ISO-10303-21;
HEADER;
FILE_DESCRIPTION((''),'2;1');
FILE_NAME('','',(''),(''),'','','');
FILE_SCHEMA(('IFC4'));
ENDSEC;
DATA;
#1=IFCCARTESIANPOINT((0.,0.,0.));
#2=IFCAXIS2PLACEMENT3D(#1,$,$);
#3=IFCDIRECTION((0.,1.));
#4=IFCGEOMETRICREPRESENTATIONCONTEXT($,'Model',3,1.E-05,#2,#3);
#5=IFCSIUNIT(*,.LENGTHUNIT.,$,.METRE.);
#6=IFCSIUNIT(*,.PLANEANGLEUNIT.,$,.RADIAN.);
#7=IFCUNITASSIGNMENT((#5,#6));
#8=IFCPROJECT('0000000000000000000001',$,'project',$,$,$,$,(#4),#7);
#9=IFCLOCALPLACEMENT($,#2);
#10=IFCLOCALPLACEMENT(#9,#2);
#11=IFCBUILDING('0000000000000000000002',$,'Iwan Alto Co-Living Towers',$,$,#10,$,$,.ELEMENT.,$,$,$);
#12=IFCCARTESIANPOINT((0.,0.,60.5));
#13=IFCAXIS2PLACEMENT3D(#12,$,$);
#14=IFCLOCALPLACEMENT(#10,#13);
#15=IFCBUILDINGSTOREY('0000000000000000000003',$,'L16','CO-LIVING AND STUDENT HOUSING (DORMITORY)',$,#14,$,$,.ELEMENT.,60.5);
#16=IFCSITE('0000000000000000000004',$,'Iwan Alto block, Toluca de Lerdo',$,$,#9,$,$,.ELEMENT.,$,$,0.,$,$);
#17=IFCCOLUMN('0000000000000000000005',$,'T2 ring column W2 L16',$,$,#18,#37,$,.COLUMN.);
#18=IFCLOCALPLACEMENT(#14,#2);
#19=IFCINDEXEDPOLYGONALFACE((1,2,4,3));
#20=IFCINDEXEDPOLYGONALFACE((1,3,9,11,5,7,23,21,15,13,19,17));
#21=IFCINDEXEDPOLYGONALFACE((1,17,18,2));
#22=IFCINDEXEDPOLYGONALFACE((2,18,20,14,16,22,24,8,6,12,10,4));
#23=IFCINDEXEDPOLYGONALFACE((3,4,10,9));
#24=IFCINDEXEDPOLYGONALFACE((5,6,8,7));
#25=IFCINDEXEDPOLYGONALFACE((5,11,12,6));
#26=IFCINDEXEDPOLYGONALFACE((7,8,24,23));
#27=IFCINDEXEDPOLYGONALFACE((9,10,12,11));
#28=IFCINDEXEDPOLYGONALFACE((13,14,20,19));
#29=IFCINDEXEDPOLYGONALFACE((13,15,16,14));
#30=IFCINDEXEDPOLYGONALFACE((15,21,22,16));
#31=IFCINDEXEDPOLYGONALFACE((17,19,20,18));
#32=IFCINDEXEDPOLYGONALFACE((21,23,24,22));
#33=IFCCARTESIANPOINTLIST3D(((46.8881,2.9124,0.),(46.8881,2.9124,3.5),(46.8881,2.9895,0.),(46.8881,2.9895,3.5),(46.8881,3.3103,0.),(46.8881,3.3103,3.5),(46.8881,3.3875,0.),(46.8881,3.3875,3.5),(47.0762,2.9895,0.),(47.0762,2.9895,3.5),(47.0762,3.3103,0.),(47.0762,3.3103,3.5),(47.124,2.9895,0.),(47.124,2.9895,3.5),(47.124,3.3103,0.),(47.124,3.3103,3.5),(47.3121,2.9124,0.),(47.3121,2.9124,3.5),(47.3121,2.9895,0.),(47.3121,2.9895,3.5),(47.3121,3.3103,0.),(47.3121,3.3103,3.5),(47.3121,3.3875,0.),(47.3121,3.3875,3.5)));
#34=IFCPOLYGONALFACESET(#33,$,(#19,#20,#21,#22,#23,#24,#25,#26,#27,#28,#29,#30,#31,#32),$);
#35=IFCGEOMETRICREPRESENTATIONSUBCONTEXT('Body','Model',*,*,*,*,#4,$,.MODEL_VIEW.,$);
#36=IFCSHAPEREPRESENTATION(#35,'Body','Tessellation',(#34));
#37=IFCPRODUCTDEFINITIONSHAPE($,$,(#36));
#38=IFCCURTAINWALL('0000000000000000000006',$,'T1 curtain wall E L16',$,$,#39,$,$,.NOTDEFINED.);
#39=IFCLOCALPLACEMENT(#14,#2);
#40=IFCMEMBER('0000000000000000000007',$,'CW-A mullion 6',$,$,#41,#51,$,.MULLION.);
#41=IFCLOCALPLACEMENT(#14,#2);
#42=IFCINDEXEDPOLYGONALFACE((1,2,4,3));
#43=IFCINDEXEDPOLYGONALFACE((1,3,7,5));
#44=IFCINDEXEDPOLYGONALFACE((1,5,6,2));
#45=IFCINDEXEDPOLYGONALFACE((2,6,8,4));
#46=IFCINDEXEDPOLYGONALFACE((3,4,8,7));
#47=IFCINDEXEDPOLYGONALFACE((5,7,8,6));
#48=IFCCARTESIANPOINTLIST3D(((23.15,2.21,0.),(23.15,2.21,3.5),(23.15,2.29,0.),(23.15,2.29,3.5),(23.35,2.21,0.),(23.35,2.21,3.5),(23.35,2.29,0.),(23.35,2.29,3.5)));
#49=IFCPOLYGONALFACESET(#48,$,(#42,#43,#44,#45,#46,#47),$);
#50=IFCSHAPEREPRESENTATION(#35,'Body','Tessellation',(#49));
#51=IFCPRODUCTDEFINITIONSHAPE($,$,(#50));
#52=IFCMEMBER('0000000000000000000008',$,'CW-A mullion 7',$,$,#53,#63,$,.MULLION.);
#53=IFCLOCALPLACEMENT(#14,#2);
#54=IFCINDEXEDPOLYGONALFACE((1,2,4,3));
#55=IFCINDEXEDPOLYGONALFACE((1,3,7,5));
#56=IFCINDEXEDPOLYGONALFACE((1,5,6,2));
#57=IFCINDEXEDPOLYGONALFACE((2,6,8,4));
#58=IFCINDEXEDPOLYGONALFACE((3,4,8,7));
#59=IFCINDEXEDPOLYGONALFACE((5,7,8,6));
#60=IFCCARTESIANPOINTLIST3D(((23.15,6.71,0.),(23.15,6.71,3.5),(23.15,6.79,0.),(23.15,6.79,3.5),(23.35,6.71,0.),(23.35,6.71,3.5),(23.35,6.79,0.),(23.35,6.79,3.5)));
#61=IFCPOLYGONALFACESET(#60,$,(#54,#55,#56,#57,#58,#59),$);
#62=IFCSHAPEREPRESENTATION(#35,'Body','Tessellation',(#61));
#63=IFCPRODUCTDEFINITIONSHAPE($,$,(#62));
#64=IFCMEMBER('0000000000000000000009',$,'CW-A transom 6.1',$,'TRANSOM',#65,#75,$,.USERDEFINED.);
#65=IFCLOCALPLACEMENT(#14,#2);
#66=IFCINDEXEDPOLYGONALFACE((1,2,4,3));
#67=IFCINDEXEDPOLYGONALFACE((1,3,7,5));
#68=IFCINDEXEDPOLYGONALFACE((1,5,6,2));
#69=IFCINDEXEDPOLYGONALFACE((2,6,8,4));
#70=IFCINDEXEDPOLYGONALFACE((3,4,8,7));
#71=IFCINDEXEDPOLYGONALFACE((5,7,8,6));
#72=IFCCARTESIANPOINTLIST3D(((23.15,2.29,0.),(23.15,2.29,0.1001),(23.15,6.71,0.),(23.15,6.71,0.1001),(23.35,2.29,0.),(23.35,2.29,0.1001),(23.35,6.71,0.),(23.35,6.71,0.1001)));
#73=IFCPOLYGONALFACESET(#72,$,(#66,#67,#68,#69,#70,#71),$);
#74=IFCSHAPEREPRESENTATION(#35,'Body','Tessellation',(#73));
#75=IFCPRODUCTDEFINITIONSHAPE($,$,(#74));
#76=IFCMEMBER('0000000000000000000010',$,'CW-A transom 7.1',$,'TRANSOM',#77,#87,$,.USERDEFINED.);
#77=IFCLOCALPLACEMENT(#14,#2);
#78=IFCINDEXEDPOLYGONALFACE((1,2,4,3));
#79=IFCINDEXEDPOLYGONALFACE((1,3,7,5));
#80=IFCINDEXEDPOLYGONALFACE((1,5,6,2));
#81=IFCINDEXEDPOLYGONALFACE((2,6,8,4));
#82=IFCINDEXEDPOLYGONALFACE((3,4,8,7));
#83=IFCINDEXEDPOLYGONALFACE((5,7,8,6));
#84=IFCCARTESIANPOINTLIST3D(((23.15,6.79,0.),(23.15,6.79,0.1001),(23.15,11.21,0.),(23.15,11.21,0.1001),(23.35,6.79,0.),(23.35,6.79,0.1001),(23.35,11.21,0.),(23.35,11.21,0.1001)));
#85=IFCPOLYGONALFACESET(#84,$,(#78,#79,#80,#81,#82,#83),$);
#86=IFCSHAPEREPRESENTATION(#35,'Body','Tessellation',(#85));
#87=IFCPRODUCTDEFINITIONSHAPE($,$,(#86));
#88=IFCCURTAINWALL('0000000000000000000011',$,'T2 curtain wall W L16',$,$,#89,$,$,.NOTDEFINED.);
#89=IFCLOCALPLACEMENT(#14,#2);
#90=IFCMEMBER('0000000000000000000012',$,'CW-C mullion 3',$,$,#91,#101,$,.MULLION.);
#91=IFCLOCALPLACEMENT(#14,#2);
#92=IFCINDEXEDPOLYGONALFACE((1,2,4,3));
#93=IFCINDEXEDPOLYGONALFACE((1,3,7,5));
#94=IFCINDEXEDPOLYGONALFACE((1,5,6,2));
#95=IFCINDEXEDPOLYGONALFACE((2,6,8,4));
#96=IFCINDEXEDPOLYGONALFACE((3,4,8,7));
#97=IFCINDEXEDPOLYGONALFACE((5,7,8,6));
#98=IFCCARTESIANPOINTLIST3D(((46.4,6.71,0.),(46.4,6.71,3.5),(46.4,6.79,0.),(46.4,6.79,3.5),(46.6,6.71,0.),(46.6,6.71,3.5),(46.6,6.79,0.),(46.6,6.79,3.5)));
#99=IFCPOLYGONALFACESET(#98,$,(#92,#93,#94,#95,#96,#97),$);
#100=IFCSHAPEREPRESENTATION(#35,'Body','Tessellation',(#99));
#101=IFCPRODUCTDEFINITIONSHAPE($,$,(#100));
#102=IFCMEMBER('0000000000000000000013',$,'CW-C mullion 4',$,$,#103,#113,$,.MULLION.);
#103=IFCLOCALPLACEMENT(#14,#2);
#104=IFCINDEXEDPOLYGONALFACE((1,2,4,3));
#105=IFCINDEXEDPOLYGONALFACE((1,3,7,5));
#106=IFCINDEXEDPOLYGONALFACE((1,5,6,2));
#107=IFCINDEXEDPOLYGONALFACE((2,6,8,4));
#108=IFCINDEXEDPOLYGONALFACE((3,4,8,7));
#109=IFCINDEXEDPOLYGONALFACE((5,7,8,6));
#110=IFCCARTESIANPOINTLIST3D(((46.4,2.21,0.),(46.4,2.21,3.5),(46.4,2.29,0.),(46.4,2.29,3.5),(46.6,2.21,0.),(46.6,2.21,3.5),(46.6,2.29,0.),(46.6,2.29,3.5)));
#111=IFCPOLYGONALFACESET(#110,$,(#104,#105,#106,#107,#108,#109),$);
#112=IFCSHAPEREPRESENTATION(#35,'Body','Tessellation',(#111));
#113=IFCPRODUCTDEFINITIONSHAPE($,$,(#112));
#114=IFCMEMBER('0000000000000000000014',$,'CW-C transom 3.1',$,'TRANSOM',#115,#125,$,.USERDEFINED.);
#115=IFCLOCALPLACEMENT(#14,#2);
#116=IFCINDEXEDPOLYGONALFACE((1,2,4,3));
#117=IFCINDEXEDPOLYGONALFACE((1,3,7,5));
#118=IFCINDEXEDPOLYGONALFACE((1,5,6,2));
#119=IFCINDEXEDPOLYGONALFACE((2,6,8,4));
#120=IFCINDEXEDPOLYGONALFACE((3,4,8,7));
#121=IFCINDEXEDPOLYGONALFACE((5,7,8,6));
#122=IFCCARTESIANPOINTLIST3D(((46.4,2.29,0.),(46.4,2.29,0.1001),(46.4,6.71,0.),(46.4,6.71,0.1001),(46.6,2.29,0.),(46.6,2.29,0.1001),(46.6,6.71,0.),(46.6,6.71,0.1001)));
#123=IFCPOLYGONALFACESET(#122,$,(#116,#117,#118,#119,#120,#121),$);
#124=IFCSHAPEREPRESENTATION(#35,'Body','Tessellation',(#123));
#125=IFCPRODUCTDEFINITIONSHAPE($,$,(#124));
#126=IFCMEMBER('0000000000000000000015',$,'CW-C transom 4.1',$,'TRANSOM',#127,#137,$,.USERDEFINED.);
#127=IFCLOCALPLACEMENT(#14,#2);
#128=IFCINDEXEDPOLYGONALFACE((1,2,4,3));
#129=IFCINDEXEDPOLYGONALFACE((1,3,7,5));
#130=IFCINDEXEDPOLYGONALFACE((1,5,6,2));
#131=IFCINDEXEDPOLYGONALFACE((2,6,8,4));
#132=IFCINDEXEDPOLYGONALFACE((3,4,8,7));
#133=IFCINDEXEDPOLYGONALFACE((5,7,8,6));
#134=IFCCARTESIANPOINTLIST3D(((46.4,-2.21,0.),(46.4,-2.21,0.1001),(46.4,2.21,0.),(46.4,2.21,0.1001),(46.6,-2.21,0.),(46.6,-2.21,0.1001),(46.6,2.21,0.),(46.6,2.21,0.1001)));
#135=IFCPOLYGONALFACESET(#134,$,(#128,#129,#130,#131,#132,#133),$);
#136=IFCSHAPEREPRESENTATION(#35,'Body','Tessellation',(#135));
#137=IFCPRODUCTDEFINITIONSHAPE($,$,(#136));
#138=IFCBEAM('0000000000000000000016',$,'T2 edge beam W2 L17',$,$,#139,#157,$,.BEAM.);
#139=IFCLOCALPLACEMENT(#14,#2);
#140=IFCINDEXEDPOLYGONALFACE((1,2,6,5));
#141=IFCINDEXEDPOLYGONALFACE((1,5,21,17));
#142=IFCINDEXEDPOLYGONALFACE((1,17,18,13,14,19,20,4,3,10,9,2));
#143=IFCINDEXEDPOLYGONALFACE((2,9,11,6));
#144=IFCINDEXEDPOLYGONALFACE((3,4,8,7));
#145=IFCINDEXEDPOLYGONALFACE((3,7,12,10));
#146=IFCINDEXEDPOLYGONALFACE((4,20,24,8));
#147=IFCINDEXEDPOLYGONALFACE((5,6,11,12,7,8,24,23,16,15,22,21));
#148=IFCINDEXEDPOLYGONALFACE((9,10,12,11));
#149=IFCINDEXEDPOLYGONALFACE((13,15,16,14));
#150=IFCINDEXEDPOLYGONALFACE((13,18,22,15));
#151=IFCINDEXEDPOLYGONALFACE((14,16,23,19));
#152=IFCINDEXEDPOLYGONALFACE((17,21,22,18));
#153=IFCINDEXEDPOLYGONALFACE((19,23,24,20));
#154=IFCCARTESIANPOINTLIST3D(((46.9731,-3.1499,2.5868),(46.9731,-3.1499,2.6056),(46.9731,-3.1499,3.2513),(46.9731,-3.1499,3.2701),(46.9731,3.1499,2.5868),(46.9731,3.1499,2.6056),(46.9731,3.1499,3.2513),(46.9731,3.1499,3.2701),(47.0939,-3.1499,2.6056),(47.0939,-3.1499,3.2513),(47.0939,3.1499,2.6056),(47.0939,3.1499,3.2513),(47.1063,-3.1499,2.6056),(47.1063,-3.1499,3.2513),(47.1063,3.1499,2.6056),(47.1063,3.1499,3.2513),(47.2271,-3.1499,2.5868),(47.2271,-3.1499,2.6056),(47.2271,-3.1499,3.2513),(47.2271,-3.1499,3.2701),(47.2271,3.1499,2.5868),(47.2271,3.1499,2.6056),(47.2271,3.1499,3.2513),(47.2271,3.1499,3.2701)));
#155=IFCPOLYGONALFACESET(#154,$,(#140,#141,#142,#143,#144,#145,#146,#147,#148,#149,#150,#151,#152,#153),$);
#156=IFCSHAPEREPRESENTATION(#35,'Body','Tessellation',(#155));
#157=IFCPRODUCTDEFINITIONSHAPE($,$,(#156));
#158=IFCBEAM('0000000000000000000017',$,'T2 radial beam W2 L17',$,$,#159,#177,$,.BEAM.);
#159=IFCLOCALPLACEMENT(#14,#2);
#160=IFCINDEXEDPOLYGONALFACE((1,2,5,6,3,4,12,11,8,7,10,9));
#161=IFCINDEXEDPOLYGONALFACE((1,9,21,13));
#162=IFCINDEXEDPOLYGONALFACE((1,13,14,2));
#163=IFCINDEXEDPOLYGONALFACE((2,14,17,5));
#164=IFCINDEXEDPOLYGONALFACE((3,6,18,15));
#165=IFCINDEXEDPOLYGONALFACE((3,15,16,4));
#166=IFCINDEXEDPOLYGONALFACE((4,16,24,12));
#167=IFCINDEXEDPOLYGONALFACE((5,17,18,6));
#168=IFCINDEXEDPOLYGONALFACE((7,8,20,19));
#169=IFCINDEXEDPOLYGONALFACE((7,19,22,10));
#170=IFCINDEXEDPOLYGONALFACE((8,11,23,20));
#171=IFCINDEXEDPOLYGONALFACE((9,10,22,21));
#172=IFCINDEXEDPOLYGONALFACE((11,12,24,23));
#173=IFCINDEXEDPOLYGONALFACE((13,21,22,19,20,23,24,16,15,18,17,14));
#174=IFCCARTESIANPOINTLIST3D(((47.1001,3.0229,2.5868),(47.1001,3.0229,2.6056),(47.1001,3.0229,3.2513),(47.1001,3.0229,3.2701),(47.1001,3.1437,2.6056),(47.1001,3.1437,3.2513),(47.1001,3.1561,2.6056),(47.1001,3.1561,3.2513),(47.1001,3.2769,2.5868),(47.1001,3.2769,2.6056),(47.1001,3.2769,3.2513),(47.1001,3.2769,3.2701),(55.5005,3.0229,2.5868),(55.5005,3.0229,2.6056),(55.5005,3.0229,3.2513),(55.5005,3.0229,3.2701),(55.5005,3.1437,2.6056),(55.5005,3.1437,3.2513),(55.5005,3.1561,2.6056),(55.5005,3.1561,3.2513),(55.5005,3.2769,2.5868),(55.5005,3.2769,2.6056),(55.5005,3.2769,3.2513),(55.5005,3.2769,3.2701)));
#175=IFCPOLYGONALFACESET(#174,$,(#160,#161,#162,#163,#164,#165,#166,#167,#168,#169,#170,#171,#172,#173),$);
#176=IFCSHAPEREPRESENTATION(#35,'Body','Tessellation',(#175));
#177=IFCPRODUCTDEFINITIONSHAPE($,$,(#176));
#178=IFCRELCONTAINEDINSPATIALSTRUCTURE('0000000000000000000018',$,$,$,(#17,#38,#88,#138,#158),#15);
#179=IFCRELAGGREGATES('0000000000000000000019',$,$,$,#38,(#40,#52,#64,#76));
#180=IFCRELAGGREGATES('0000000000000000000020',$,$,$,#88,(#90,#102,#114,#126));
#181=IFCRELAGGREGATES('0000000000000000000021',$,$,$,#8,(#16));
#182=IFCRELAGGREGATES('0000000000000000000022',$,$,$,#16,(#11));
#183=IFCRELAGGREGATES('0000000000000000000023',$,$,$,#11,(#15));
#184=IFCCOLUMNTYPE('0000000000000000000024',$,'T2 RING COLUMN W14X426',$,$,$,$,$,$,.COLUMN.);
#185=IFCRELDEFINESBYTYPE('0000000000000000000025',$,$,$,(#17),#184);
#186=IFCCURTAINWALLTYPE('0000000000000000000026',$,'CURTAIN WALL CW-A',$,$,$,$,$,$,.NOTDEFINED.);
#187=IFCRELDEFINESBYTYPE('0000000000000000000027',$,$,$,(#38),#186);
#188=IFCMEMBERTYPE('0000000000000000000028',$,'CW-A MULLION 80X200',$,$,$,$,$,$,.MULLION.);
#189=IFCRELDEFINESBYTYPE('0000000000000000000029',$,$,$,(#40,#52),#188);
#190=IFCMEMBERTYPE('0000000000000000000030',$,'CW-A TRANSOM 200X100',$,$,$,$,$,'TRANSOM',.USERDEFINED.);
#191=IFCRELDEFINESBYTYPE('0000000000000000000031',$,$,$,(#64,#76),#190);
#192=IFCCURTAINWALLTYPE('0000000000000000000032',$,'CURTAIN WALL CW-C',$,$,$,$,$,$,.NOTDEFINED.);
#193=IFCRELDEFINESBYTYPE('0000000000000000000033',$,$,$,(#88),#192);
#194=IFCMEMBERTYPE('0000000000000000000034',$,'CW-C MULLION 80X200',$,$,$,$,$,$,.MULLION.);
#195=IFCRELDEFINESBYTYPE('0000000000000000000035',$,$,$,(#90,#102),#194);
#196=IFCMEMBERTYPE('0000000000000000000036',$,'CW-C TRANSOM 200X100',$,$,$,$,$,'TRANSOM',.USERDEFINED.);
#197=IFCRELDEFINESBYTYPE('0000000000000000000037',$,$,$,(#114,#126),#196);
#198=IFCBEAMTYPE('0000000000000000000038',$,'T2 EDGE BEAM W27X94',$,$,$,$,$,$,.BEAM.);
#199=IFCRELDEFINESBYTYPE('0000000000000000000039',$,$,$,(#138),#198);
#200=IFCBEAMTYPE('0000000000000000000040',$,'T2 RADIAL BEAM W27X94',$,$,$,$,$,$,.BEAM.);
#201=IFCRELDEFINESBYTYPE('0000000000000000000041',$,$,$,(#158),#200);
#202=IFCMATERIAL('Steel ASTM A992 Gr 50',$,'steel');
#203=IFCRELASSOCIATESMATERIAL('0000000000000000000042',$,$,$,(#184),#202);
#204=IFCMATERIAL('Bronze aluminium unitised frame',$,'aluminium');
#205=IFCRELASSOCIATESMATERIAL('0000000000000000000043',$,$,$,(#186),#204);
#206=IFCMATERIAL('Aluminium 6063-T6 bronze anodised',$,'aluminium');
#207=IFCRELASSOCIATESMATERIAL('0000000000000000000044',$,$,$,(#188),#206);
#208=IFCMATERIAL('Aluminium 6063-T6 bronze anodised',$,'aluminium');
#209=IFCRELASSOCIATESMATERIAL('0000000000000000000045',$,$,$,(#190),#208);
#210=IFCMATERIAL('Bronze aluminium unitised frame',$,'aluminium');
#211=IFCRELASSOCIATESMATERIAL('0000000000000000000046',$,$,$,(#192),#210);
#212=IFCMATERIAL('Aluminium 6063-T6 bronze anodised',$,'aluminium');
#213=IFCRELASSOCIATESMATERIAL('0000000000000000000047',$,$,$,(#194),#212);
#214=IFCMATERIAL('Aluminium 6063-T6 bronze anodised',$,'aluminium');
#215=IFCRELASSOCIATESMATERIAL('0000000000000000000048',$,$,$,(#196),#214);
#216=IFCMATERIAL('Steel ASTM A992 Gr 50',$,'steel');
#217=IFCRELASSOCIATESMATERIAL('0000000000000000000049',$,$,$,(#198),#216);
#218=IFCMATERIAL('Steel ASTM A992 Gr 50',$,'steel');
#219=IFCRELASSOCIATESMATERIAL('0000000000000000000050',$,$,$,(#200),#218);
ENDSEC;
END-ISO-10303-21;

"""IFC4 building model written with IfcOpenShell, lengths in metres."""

from ifc_helpers import new_model, si_unit, direction, frame, origin, origin_2d, place, context, subcontext, project, spatial, rectangle, i_section, extrude, material, material_profile, profile_set, type_object, element, aggregate, save


model = new_model("IFC4")

# Units and contexts
model_context = context("Model", 3, precision=1e-05, world=origin(), true_north=direction((0.0, 1.0)))
body_context = subcontext(model_context, "Body", "Model", "MODEL_VIEW")
ifc_project = project(units=[si_unit("LENGTHUNIT", "METRE"), si_unit("PLANEANGLEUNIT", "RADIAN")], contexts=[model_context])

# Site, building, storey
site_placement = place(None, origin())
site = spatial("IfcSite", under=ifc_project, at=site_placement, Name="Iwan Alto block, Toluca de Lerdo", CompositionType="ELEMENT", RefElevation=0.0)
building_placement = place(site_placement, origin())
building = spatial("IfcBuilding", under=site, at=building_placement, Name="Iwan Alto Co-Living Towers", CompositionType="ELEMENT")
storey_placement = place(building_placement, frame((0.0, 0.0, 60.5)))
storey = spatial("IfcBuildingStorey", under=building, at=storey_placement, Name="L16", Description="CO-LIVING AND STUDENT HOUSING (DORMITORY)", CompositionType="ELEMENT", Elevation=60.5)

# Column
ifc_material_1 = material(Name="Steel ASTM A992 Gr 50", Category="steel")
ifc_material_profile_1 = material_profile(ifc_material_1, i_section(OverallWidth=0.4241, OverallDepth=0.4751, WebThickness=0.0479, FlangeThickness=0.0771, at=origin_2d()), Name="W14X426")
ifc_profile_set_1 = profile_set([ifc_material_profile_1], Name="Steel ASTM A992 Gr 50")
column_type = type_object("IfcColumnType", Name="T2 RING COLUMN W14X426", PredefinedType="COLUMN", material=ifc_profile_set_1)
column_placement = place(storey_placement, frame((47.1001, 3.1499, 0.0), z_axis=(0.0, 0.0, 1.0), x_axis=(1.0, 0.0, 0.0)))
element("IfcColumn", 1, at=column_placement, inside=storey, type_object=column_type, Name="T2 ring column W2 L16", PredefinedType="COLUMN", context=body_context, shape_type="SweptSolid", body=[
    extrude(i_section(OverallWidth=0.4241, OverallDepth=0.4751, WebThickness=0.0479, FlangeThickness=0.0771, at=origin_2d()), origin(), (0.0, 0.0, 1.0), 3.5),
])

# Curtain walls, members
ifc_material_2 = material(Name="Bronze aluminium unitised frame", Category="aluminium")
curtain_wall_type_1 = type_object("IfcCurtainWallType", Name="CURTAIN WALL CW-A", PredefinedType="NOTDEFINED", material=ifc_material_2)
curtain_wall_1_placement = place(storey_placement, origin())
curtain_wall_1 = element("IfcCurtainWall", 2, at=curtain_wall_1_placement, inside=storey, type_object=curtain_wall_type_1, Name="T1 curtain wall E L16", PredefinedType="NOTDEFINED")
ifc_material_3 = material(Name="Aluminium 6063-T6 bronze anodised", Category="aluminium")
ifc_material_profile_2 = material_profile(ifc_material_3, rectangle(XDim=0.2, YDim=0.0801, at=origin_2d()), Name="AL 80X200")
ifc_profile_set_2 = profile_set([ifc_material_profile_2], Name="Aluminium 6063-T6 bronze anodised")
member_type_1 = type_object("IfcMemberType", Name="CW-A MULLION 80X200", PredefinedType="MULLION", material=ifc_profile_set_2)
member_1_placement = place(storey_placement, frame((23.25, 2.25, 0.0), z_axis=(0.0, 0.0, 1.0), x_axis=(-1.0, 0.0, 0.0)))
member_1 = element("IfcMember", 3, at=member_1_placement, type_object=member_type_1, Name="CW-A mullion 6", PredefinedType="MULLION", context=body_context, shape_type="SweptSolid", body=[
    extrude(rectangle(XDim=0.2, YDim=0.0801, at=origin_2d()), origin(), (0.0, 0.0, 1.0), 3.5),
])
member_2_placement = place(storey_placement, frame((23.25, 6.75, 0.0), z_axis=(0.0, 0.0, 1.0), x_axis=(-1.0, 0.0, 0.0)))
member_2 = element("IfcMember", 4, at=member_2_placement, type_object=member_type_1, Name="CW-A mullion 7", PredefinedType="MULLION", context=body_context, shape_type="SweptSolid", body=[
    extrude(rectangle(XDim=0.2, YDim=0.0801, at=origin_2d()), origin(), (0.0, 0.0, 1.0), 3.5),
])
ifc_material_4 = material(Name="Aluminium 6063-T6 bronze anodised", Category="aluminium")
ifc_material_profile_3 = material_profile(ifc_material_4, rectangle(XDim=0.2, YDim=0.1001, at=origin_2d()), Name="AL 200X100")
ifc_profile_set_3 = profile_set([ifc_material_profile_3], Name="Aluminium 6063-T6 bronze anodised")
member_type_2 = type_object("IfcMemberType", Name="CW-A TRANSOM 200X100", ElementType="TRANSOM", PredefinedType="USERDEFINED", material=ifc_profile_set_3)
member_3_placement = place(storey_placement, frame((23.25, 2.29, 0.05), z_axis=(0.0, 1.0, 0.0), x_axis=(-1.0, 0.0, 0.0)))
member_3 = element("IfcMember", 5, at=member_3_placement, type_object=member_type_2, Name="CW-A transom 6.1", ObjectType="TRANSOM", PredefinedType="USERDEFINED", context=body_context, shape_type="SweptSolid", body=[
    extrude(rectangle(XDim=0.2, YDim=0.1001, at=origin_2d()), origin(), (0.0, 0.0, 1.0), 4.4199),
])
member_4_placement = place(storey_placement, frame((23.25, 6.79, 0.05), z_axis=(0.0, 1.0, 0.0), x_axis=(-1.0, 0.0, 0.0)))
member_4 = element("IfcMember", 6, at=member_4_placement, type_object=member_type_2, Name="CW-A transom 7.1", ObjectType="TRANSOM", PredefinedType="USERDEFINED", context=body_context, shape_type="SweptSolid", body=[
    extrude(rectangle(XDim=0.2, YDim=0.1001, at=origin_2d()), origin(), (0.0, 0.0, 1.0), 4.4199),
])
ifc_material_5 = material(Name="Bronze aluminium unitised frame", Category="aluminium")
curtain_wall_type_2 = type_object("IfcCurtainWallType", Name="CURTAIN WALL CW-C", PredefinedType="NOTDEFINED", material=ifc_material_5)
curtain_wall_2_placement = place(storey_placement, origin())
curtain_wall_2 = element("IfcCurtainWall", 7, at=curtain_wall_2_placement, inside=storey, type_object=curtain_wall_type_2, Name="T2 curtain wall W L16", PredefinedType="NOTDEFINED")
ifc_material_6 = material(Name="Aluminium 6063-T6 bronze anodised", Category="aluminium")
ifc_material_profile_4 = material_profile(ifc_material_6, rectangle(XDim=0.2, YDim=0.0801, at=origin_2d()), Name="AL 80X200")
ifc_profile_set_4 = profile_set([ifc_material_profile_4], Name="Aluminium 6063-T6 bronze anodised")
member_type_3 = type_object("IfcMemberType", Name="CW-C MULLION 80X200", PredefinedType="MULLION", material=ifc_profile_set_4)
member_5_placement = place(storey_placement, frame((46.5, 6.75, 0.0), z_axis=(0.0, 0.0, 1.0), x_axis=(1.0, 0.0, 0.0)))
member_5 = element("IfcMember", 8, at=member_5_placement, type_object=member_type_3, Name="CW-C mullion 3", PredefinedType="MULLION", context=body_context, shape_type="SweptSolid", body=[
    extrude(rectangle(XDim=0.2, YDim=0.0801, at=origin_2d()), origin(), (0.0, 0.0, 1.0), 3.5),
])
member_6_placement = place(storey_placement, frame((46.5, 2.25, 0.0), z_axis=(0.0, 0.0, 1.0), x_axis=(1.0, 0.0, 0.0)))
member_6 = element("IfcMember", 9, at=member_6_placement, type_object=member_type_3, Name="CW-C mullion 4", PredefinedType="MULLION", context=body_context, shape_type="SweptSolid", body=[
    extrude(rectangle(XDim=0.2, YDim=0.0801, at=origin_2d()), origin(), (0.0, 0.0, 1.0), 3.5),
])
ifc_material_7 = material(Name="Aluminium 6063-T6 bronze anodised", Category="aluminium")
ifc_material_profile_5 = material_profile(ifc_material_7, rectangle(XDim=0.2, YDim=0.1001, at=origin_2d()), Name="AL 200X100")
ifc_profile_set_5 = profile_set([ifc_material_profile_5], Name="Aluminium 6063-T6 bronze anodised")
member_type_4 = type_object("IfcMemberType", Name="CW-C TRANSOM 200X100", ElementType="TRANSOM", PredefinedType="USERDEFINED", material=ifc_profile_set_5)
member_7_placement = place(storey_placement, frame((46.5, 6.71, 0.05), z_axis=(0.0, -1.0, 0.0), x_axis=(1.0, 0.0, 0.0)))
member_7 = element("IfcMember", 10, at=member_7_placement, type_object=member_type_4, Name="CW-C transom 3.1", ObjectType="TRANSOM", PredefinedType="USERDEFINED", context=body_context, shape_type="SweptSolid", body=[
    extrude(rectangle(XDim=0.2, YDim=0.1001, at=origin_2d()), origin(), (0.0, 0.0, 1.0), 4.4199),
])
member_8_placement = place(storey_placement, frame((46.5, 2.21, 0.05), z_axis=(0.0, -1.0, 0.0), x_axis=(1.0, 0.0, 0.0)))
member_8 = element("IfcMember", 11, at=member_8_placement, type_object=member_type_4, Name="CW-C transom 4.1", ObjectType="TRANSOM", PredefinedType="USERDEFINED", context=body_context, shape_type="SweptSolid", body=[
    extrude(rectangle(XDim=0.2, YDim=0.1001, at=origin_2d()), origin(), (0.0, 0.0, 1.0), 4.4199),
])

# Beams
ifc_material_8 = material(Name="Steel ASTM A992 Gr 50", Category="steel")
ifc_material_profile_6 = material_profile(ifc_material_8, i_section(OverallWidth=0.2539, OverallDepth=0.6833, WebThickness=0.0125, FlangeThickness=0.0188, at=origin_2d()), Name="W27X94")
ifc_profile_set_6 = profile_set([ifc_material_profile_6], Name="Steel ASTM A992 Gr 50")
beam_type_1 = type_object("IfcBeamType", Name="T2 EDGE BEAM W27X94", PredefinedType="BEAM", material=ifc_profile_set_6)
beam_1_placement = place(storey_placement, frame((47.1001, 3.1499, 2.9285), z_axis=(0.0, -1.0, 0.0), x_axis=(1.0, 0.0, 0.0)))
element("IfcBeam", 12, at=beam_1_placement, inside=storey, type_object=beam_type_1, Name="T2 edge beam W2 L17", PredefinedType="BEAM", context=body_context, shape_type="SweptSolid", body=[
    extrude(i_section(OverallWidth=0.2539, OverallDepth=0.6833, WebThickness=0.0125, FlangeThickness=0.0188, at=origin_2d()), origin(), (0.0, 0.0, 1.0), 6.2998),
])
ifc_material_9 = material(Name="Steel ASTM A992 Gr 50", Category="steel")
ifc_material_profile_7 = material_profile(ifc_material_9, i_section(OverallWidth=0.2539, OverallDepth=0.6833, WebThickness=0.0125, FlangeThickness=0.0188, at=origin_2d()), Name="W27X94")
ifc_profile_set_7 = profile_set([ifc_material_profile_7], Name="Steel ASTM A992 Gr 50")
beam_type_2 = type_object("IfcBeamType", Name="T2 RADIAL BEAM W27X94", PredefinedType="BEAM", material=ifc_profile_set_7)
beam_2_placement = place(storey_placement, frame((47.1001, 3.1499, 2.9285), z_axis=(1.0, 0.0, 0.0), x_axis=(0.0, 1.0, 0.0)))
element("IfcBeam", 13, at=beam_2_placement, inside=storey, type_object=beam_type_2, Name="T2 radial beam W2 L17", PredefinedType="BEAM", context=body_context, shape_type="SweptSolid", body=[
    extrude(i_section(OverallWidth=0.2539, OverallDepth=0.6833, WebThickness=0.0125, FlangeThickness=0.0188, at=origin_2d()), origin(), (0.0, 0.0, 1.0), 8.4004),
])

aggregate(curtain_wall_1, [member_1, member_2, member_3, member_4])
aggregate(curtain_wall_2, [member_5, member_6, member_7, member_8])

save(model, "model.ifc")
